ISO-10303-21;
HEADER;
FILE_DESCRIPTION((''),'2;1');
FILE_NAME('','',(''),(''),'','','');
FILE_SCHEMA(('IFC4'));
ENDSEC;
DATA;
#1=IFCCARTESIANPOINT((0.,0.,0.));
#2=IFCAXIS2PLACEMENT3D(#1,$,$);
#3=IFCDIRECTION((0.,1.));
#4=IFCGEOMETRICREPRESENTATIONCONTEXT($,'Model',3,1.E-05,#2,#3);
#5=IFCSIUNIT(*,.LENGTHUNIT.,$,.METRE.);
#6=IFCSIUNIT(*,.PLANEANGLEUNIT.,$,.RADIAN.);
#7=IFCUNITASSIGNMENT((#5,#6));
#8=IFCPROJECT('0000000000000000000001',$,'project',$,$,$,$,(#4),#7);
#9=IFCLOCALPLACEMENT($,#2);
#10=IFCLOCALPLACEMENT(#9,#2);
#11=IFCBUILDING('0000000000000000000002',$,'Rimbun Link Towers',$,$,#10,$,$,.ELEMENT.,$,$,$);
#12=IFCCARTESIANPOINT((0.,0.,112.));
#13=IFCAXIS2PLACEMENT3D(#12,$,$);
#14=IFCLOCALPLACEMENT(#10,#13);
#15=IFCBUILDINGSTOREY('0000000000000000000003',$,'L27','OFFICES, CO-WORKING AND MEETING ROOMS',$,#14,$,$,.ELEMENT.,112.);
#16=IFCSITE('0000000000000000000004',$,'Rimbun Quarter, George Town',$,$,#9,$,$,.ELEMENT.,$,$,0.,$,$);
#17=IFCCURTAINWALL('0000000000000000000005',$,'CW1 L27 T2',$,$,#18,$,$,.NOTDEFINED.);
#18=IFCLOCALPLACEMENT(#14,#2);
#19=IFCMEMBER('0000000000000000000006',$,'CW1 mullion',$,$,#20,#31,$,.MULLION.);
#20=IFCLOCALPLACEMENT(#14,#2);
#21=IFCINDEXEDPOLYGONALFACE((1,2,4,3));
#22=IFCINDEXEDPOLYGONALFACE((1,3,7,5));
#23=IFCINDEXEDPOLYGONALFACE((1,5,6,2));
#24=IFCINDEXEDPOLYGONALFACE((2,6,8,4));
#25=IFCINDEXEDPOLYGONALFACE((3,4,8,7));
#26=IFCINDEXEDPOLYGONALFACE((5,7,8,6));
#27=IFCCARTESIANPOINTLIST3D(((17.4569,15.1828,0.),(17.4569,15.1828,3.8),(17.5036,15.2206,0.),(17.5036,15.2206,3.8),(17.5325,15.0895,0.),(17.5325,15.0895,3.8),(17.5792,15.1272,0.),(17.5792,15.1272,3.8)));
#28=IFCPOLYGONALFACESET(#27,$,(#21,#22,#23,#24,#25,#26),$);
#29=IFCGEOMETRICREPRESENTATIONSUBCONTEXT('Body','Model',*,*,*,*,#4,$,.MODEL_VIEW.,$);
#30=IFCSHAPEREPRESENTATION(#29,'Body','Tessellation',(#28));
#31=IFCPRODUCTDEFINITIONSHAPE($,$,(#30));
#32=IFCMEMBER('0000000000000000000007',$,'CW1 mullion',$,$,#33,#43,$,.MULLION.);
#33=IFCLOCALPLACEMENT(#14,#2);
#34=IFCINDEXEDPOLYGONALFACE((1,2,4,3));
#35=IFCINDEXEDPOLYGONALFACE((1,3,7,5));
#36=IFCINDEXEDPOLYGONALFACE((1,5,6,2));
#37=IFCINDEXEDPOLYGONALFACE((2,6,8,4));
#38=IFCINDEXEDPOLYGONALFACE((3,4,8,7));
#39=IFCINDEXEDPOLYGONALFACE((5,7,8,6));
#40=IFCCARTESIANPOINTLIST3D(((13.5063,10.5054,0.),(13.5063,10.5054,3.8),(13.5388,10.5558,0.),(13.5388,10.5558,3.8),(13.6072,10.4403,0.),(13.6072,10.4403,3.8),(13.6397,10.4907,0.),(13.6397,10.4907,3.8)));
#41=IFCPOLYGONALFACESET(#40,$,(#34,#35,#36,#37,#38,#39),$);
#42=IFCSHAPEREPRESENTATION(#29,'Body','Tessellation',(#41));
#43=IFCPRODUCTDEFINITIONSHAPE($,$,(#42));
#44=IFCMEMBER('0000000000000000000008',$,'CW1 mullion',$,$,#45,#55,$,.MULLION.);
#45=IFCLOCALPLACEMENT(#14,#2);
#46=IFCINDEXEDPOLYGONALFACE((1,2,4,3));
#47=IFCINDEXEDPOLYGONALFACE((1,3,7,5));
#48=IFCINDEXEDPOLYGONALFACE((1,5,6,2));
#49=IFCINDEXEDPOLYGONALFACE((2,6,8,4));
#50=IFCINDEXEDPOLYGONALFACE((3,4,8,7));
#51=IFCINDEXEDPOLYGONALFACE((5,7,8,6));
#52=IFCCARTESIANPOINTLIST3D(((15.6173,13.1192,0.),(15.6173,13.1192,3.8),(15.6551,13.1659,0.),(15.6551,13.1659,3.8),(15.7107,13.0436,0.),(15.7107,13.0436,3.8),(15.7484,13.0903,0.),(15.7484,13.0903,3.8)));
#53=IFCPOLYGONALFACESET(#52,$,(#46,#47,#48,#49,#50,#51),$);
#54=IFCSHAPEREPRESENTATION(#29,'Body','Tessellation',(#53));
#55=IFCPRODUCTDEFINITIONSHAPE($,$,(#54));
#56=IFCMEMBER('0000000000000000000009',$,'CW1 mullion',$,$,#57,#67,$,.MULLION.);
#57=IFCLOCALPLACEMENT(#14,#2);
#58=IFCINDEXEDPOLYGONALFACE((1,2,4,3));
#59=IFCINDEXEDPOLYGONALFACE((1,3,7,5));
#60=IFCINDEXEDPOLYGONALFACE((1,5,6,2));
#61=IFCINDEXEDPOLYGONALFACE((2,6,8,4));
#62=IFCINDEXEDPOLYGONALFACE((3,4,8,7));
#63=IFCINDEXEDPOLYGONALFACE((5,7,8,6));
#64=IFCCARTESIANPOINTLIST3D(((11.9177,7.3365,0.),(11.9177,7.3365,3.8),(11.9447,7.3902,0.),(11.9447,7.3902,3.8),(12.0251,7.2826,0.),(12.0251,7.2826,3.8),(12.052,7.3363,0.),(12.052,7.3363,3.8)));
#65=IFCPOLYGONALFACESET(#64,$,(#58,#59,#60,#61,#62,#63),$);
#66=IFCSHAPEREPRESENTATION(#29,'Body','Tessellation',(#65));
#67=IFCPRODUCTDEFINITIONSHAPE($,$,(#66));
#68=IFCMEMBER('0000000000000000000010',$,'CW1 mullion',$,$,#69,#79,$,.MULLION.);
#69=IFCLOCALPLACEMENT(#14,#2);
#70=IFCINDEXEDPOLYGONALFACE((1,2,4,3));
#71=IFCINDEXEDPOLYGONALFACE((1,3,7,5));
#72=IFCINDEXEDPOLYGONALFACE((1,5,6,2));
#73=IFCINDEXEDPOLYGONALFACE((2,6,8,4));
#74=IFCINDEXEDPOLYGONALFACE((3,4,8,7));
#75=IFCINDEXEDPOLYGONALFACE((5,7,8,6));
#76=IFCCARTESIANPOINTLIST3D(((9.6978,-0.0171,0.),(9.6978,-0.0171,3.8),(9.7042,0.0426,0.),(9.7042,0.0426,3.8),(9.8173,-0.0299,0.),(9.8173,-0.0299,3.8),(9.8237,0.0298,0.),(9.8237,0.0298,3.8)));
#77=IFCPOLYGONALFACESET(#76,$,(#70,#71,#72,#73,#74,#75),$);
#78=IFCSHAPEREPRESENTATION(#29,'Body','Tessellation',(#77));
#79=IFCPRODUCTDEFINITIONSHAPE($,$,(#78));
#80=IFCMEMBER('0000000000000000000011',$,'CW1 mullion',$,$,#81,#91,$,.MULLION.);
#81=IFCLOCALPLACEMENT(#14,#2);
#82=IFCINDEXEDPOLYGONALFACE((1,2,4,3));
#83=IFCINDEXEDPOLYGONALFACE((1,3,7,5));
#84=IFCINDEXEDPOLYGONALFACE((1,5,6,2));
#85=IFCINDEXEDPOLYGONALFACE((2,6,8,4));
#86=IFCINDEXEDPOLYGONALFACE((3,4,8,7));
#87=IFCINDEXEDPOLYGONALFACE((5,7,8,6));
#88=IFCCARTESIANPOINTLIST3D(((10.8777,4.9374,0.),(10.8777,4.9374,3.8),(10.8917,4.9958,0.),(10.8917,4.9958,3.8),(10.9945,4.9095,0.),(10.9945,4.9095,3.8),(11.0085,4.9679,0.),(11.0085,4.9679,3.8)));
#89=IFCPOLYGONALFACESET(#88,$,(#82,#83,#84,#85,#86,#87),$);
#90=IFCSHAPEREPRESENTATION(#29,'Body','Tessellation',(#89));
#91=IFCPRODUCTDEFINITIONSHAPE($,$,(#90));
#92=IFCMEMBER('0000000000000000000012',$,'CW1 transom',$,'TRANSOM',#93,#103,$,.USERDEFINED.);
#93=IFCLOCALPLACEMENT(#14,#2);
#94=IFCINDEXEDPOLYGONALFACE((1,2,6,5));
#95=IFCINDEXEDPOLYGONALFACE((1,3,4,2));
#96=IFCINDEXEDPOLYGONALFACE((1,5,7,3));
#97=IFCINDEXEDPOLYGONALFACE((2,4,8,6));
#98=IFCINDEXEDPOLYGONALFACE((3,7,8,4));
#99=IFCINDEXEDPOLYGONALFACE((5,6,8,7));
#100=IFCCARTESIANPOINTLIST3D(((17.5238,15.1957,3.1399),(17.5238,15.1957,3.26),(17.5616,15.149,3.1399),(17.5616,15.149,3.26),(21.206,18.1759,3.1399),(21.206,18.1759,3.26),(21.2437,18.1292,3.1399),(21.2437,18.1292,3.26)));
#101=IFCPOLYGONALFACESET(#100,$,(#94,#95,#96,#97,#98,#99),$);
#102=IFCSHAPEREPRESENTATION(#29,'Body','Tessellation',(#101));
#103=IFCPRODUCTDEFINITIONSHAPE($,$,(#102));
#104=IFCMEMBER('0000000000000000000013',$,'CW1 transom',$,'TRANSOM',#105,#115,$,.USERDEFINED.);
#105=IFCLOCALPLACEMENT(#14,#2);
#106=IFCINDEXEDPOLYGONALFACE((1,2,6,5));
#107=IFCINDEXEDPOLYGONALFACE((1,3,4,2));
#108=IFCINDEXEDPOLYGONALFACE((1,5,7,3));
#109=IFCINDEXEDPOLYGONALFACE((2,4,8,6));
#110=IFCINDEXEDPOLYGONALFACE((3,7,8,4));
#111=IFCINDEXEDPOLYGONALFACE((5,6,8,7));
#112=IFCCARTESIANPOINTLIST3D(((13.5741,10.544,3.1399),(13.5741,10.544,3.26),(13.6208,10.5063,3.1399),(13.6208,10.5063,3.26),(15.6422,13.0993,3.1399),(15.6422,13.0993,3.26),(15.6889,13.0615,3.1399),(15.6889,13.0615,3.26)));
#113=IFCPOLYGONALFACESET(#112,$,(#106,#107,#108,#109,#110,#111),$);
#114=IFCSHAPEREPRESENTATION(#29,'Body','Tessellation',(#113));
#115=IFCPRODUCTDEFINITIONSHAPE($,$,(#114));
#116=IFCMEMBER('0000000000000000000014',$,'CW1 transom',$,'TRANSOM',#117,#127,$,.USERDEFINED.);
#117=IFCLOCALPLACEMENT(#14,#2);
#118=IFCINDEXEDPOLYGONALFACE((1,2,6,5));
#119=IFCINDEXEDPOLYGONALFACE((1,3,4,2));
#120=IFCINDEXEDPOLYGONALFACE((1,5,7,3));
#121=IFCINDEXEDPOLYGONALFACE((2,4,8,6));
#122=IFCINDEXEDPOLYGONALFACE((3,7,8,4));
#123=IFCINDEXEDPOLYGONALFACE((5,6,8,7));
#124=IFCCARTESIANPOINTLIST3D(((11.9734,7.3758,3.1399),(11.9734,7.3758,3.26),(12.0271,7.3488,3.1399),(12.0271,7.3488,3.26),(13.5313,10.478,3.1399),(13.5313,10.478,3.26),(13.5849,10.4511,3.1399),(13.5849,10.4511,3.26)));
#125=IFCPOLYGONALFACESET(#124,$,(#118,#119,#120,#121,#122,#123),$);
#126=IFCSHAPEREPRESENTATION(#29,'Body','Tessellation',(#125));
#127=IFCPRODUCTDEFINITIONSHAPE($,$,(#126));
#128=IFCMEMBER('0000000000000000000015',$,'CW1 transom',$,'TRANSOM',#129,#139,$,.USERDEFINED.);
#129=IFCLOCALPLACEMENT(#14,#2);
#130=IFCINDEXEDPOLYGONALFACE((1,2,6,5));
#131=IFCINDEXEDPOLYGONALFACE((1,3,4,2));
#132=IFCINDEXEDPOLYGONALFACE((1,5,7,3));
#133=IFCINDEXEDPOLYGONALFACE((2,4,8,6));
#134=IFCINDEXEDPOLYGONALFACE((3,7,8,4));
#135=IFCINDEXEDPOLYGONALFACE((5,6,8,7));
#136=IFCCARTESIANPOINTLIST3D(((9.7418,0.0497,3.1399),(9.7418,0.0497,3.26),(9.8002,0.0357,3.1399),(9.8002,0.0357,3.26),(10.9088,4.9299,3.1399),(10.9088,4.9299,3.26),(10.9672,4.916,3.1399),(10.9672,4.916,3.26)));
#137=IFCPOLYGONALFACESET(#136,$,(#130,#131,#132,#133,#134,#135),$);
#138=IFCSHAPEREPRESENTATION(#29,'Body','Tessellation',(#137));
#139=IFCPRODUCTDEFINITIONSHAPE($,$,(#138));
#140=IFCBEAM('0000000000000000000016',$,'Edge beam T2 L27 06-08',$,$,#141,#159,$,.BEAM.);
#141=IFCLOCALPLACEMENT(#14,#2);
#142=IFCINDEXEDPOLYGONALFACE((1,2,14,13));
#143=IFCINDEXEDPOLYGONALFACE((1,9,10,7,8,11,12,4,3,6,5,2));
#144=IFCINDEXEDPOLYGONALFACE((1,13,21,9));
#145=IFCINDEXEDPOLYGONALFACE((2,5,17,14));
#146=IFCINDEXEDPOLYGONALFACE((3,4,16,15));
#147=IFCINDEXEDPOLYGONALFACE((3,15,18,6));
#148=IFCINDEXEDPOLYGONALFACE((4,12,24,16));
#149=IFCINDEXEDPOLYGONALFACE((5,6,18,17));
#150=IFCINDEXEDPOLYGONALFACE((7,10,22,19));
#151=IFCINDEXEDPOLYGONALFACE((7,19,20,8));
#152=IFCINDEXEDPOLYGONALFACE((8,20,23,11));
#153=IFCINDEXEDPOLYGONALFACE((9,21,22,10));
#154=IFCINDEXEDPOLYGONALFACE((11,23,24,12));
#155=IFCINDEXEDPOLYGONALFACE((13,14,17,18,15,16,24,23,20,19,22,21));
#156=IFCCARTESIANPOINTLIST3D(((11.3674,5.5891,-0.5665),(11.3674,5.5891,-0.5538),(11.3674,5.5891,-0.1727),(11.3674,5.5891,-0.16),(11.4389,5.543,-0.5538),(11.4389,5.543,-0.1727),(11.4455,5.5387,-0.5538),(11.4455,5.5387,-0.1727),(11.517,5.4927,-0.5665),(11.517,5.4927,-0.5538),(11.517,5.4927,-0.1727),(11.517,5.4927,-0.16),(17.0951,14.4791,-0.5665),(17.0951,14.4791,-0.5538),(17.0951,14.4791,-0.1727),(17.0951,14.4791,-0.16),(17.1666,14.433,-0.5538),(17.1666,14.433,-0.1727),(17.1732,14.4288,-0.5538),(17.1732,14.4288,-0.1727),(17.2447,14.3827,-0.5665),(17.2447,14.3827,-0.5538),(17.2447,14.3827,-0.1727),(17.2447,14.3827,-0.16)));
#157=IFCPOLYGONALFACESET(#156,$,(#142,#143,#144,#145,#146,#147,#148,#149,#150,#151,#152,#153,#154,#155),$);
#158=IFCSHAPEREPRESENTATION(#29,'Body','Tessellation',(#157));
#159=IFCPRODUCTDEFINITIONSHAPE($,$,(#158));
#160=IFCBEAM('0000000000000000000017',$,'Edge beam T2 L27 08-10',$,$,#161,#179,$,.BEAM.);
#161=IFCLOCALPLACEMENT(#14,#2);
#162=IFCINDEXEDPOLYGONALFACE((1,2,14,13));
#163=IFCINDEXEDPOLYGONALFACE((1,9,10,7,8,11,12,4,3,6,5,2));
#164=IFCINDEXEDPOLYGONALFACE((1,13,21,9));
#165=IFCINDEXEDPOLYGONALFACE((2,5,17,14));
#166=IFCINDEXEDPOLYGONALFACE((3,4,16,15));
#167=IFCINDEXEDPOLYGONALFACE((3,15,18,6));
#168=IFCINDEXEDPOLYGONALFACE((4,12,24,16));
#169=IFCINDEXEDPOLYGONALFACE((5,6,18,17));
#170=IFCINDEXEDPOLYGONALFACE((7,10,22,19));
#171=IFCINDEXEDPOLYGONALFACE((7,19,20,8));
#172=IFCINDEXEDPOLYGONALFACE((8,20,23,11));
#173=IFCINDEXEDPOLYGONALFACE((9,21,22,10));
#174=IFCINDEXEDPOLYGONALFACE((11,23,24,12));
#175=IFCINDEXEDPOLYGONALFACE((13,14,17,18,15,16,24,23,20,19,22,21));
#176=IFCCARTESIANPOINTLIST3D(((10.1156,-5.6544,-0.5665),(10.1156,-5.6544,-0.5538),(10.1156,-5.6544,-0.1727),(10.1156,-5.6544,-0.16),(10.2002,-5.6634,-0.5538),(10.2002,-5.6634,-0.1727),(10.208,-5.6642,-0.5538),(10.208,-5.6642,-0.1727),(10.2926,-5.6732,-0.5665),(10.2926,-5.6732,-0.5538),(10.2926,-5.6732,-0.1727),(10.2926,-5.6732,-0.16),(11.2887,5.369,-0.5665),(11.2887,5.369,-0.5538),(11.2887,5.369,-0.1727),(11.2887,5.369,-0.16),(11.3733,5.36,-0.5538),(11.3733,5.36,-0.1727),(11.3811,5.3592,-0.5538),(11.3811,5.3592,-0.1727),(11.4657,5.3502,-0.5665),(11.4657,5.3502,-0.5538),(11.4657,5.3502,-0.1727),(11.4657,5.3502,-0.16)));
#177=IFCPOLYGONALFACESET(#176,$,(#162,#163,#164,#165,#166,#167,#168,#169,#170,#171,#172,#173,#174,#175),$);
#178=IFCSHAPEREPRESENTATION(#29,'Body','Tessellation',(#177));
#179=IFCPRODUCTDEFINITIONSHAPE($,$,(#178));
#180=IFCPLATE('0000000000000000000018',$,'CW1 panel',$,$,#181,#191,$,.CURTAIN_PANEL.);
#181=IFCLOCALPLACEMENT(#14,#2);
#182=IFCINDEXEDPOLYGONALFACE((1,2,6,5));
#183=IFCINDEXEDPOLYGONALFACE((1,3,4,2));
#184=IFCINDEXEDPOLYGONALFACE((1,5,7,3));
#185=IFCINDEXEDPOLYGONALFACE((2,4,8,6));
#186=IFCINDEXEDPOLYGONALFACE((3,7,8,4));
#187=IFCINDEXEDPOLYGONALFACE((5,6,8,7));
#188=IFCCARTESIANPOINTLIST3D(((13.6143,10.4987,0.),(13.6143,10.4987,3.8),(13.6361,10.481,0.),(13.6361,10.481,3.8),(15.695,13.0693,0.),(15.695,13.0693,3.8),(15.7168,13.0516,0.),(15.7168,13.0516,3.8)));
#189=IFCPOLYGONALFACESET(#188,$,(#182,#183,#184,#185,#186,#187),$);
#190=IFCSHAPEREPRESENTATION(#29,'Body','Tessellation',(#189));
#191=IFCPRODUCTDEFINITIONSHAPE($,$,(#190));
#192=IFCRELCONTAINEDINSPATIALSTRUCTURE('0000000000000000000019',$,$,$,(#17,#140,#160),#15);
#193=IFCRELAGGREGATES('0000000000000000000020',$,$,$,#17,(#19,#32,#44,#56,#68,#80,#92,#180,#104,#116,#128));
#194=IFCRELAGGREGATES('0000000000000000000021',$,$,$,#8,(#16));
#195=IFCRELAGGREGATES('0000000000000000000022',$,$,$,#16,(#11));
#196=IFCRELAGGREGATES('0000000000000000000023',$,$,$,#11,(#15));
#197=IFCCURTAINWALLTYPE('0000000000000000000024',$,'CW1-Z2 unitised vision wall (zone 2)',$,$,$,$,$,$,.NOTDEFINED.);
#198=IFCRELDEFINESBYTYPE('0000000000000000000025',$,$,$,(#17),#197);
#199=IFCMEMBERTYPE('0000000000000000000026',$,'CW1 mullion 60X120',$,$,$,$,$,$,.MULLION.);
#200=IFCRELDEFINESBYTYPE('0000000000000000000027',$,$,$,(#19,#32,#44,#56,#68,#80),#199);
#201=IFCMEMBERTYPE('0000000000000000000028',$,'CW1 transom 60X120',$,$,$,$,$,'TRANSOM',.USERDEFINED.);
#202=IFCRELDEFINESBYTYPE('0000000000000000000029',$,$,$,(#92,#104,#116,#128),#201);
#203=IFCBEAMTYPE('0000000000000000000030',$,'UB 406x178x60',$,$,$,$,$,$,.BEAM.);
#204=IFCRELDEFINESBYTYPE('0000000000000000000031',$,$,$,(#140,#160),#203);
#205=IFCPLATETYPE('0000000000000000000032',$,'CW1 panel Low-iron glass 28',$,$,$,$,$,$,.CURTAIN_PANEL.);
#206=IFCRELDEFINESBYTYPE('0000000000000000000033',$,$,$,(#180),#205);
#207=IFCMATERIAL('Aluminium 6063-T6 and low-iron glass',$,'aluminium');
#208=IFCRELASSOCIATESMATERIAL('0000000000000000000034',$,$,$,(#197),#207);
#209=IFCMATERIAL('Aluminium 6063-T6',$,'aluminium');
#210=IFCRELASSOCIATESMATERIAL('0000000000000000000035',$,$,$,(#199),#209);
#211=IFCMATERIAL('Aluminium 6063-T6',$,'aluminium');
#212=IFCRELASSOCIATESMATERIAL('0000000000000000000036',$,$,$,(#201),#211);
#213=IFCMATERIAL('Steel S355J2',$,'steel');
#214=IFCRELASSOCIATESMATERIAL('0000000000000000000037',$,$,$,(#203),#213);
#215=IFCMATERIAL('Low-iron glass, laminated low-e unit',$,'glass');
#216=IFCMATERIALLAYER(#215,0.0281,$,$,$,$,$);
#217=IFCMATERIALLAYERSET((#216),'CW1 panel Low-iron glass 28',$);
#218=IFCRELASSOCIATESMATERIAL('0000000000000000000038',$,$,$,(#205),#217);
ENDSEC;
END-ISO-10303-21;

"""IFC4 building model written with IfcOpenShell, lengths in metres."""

from ifc_helpers import new_model, si_unit, direction, frame, origin, origin_2d, place, context, subcontext, project, spatial, rectangle, i_section, extrude, material, layer, layer_set, material_profile, profile_set, type_object, element, aggregate, save


model = new_model("IFC4")

# Units and contexts
model_context = context("Model", 3, precision=1e-05, world=origin(), true_north=direction((0.0, 1.0)))
body_context = subcontext(model_context, "Body", "Model", "MODEL_VIEW")
ifc_project = project(units=[si_unit("LENGTHUNIT", "METRE"), si_unit("PLANEANGLEUNIT", "RADIAN")], contexts=[model_context])

# Site, building, storey
site_placement = place(None, origin())
site = spatial("IfcSite", under=ifc_project, at=site_placement, Name="Rimbun Quarter, George Town", CompositionType="ELEMENT", RefElevation=0.0)
building_placement = place(site_placement, origin())
building = spatial("IfcBuilding", under=site, at=building_placement, Name="Rimbun Link Towers", CompositionType="ELEMENT")
storey_placement = place(building_placement, frame((0.0, 0.0, 112.0)))
storey = spatial("IfcBuildingStorey", under=building, at=storey_placement, Name="L27", Description="OFFICES, CO-WORKING AND MEETING ROOMS", CompositionType="ELEMENT", Elevation=112.0)

# Curtain wall, members
ifc_material_1 = material(Name="Aluminium 6063-T6 and low-iron glass", Category="aluminium")
curtain_wall_type = type_object("IfcCurtainWallType", Name="CW1-Z2 unitised vision wall (zone 2)", PredefinedType="NOTDEFINED", material=ifc_material_1)
curtain_wall_placement = place(storey_placement, origin())
curtain_wall = element("IfcCurtainWall", 1, at=curtain_wall_placement, inside=storey, type_object=curtain_wall_type, Name="CW1 L27 T2", PredefinedType="NOTDEFINED")
ifc_material_2 = material(Name="Aluminium 6063-T6", Category="aluminium")
ifc_material_profile_1 = material_profile(ifc_material_2, rectangle(XDim=0.1201, YDim=0.0601, at=origin_2d()), Name="MULLION 60X120")
ifc_profile_set_1 = profile_set([ifc_material_profile_1], Name="Aluminium 6063-T6")
member_type_1 = type_object("IfcMemberType", Name="CW1 mullion 60X120", PredefinedType="MULLION", material=ifc_profile_set_1)
member_1_placement = place(storey_placement, frame((17.5181, 15.155, 0.0), z_axis=(0.0, 0.0, 1.0), x_axis=(-0.629151, 0.777283, 0.0)))
member_1 = element("IfcMember", 2, at=member_1_placement, type_object=member_type_1, Name="CW1 mullion", PredefinedType="MULLION", context=body_context, shape_type="SweptSolid", body=[
    extrude(rectangle(XDim=0.1201, YDim=0.0601, at=origin_2d()), origin(), (0.0, 0.0, 1.0), 3.8),
])
member_2_placement = place(storey_placement, frame((13.573, 10.498, 0.0), z_axis=(0.0, 0.0, 1.0), x_axis=(-0.840313, 0.542101, 0.0)))
member_2 = element("IfcMember", 3, at=member_2_placement, type_object=member_type_1, Name="CW1 mullion", PredefinedType="MULLION", context=body_context, shape_type="SweptSolid", body=[
    extrude(rectangle(XDim=0.1201, YDim=0.0601, at=origin_2d()), origin(), (0.0, 0.0, 1.0), 3.8),
])
member_3_placement = place(storey_placement, frame((15.6829, 13.1047, 0.0), z_axis=(0.0, 0.0, 1.0), x_axis=(-0.777283, 0.629151, 0.0)))
member_3 = element("IfcMember", 4, at=member_3_placement, type_object=member_type_1, Name="CW1 mullion", PredefinedType="MULLION", context=body_context, shape_type="SweptSolid", body=[
    extrude(rectangle(XDim=0.1201, YDim=0.0601, at=origin_2d()), origin(), (0.0, 0.0, 1.0), 3.8),
])
member_4_placement = place(storey_placement, frame((11.9849, 7.3364, 0.0), z_axis=(0.0, 0.0, 1.0), x_axis=(-0.893638, 0.448789, 0.0)))
member_4 = element("IfcMember", 5, at=member_4_placement, type_object=member_type_1, Name="CW1 mullion", PredefinedType="MULLION", context=body_context, shape_type="SweptSolid", body=[
    extrude(rectangle(XDim=0.1201, YDim=0.0601, at=origin_2d()), origin(), (0.0, 0.0, 1.0), 3.8),
])
member_5_placement = place(storey_placement, frame((9.7607, 0.0063, 0.0), z_axis=(0.0, 0.0, 1.0), x_axis=(-0.994299, 0.106632, 0.0)))
member_5 = element("IfcMember", 6, at=member_5_placement, type_object=member_type_1, Name="CW1 mullion", PredefinedType="MULLION", context=body_context, shape_type="SweptSolid", body=[
    extrude(rectangle(XDim=0.1201, YDim=0.0601, at=origin_2d()), origin(), (0.0, 0.0, 1.0), 3.8),
])
member_6_placement = place(storey_placement, frame((10.9431, 4.9526, 0.0), z_axis=(0.0, 0.0, 1.0), x_axis=(-0.972576, 0.232586, 0.0)))
member_6 = element("IfcMember", 7, at=member_6_placement, type_object=member_type_1, Name="CW1 mullion", PredefinedType="MULLION", context=body_context, shape_type="SweptSolid", body=[
    extrude(rectangle(XDim=0.1201, YDim=0.0601, at=origin_2d()), origin(), (0.0, 0.0, 1.0), 3.8),
])
ifc_material_3 = material(Name="Aluminium 6063-T6", Category="aluminium")
ifc_material_profile_2 = material_profile(ifc_material_3, rectangle(XDim=0.0601, YDim=0.1201, at=origin_2d()), Name="TRANSOM 60X120")
ifc_profile_set_2 = profile_set([ifc_material_profile_2], Name="Aluminium 6063-T6")
member_type_2 = type_object("IfcMemberType", Name="CW1 transom 60X120", ElementType="TRANSOM", PredefinedType="USERDEFINED", material=ifc_profile_set_2)
member_7_placement = place(storey_placement, frame((17.5427, 15.1724, 3.2), z_axis=(0.777301, 0.629129, 0.0), x_axis=(-0.629129, 0.777301, 0.0)))
member_7 = element("IfcMember", 8, at=member_7_placement, type_object=member_type_2, Name="CW1 transom", ObjectType="TRANSOM", PredefinedType="USERDEFINED", context=body_context, shape_type="SweptSolid", body=[
    extrude(rectangle(XDim=0.0601, YDim=0.1201, at=origin_2d()), origin(), (0.0, 0.0, 1.0), 4.7371),
])
member_8_placement = place(storey_placement, frame((13.5974, 10.5251, 3.2), z_axis=(0.629132, 0.777298, 0.0), x_axis=(-0.777298, 0.629132, 0.0)))
member_8 = element("IfcMember", 9, at=member_8_placement, type_object=member_type_2, Name="CW1 transom", ObjectType="TRANSOM", PredefinedType="USERDEFINED", context=body_context, shape_type="SweptSolid", body=[
    extrude(rectangle(XDim=0.0601, YDim=0.1201, at=origin_2d()), origin(), (0.0, 0.0, 1.0), 3.2874),
])
member_9_placement = place(storey_placement, frame((12.0002, 7.3623, 3.2), z_axis=(0.44876, 0.893652, 0.0), x_axis=(-0.893652, 0.44876, 0.0)))
member_9 = element("IfcMember", 10, at=member_9_placement, type_object=member_type_2, Name="CW1 transom", ObjectType="TRANSOM", PredefinedType="USERDEFINED", context=body_context, shape_type="SweptSolid", body=[
    extrude(rectangle(XDim=0.0601, YDim=0.1201, at=origin_2d()), origin(), (0.0, 0.0, 1.0), 3.4714),
])
member_10_placement = place(storey_placement, frame((9.771, 0.0427, 3.2), z_axis=(0.232574, 0.972579, 0.0), x_axis=(-0.972579, 0.232574, 0.0)))
member_10 = element("IfcMember", 11, at=member_10_placement, type_object=member_type_2, Name="CW1 transom", ObjectType="TRANSOM", PredefinedType="USERDEFINED", context=body_context, shape_type="SweptSolid", body=[
    extrude(rectangle(XDim=0.0601, YDim=0.1201, at=origin_2d()), origin(), (0.0, 0.0, 1.0), 5.0178),
])

# Beams
ifc_material_4 = material(Name="Steel S355J2", Category="steel")
ifc_material_profile_3 = material_profile(ifc_material_4, i_section(OverallWidth=0.178, OverallDepth=0.4065, WebThickness=0.0078, FlangeThickness=0.0127, at=origin_2d()), Name="UB 406x178x60")
ifc_profile_set_3 = profile_set([ifc_material_profile_3], Name="Steel S355J2")
beam_type = type_object("IfcBeamType", Name="UB 406x178x60", PredefinedType="BEAM", material=ifc_profile_set_3)
beam_1_placement = place(storey_placement, frame((17.1699, 14.4309, -0.3633), z_axis=(-0.541607, -0.840632, 0.0), x_axis=(0.840632, -0.541607, 0.0)))
element("IfcBeam", 12, at=beam_1_placement, inside=storey, type_object=beam_type, Name="Edge beam T2 L27 06-08", PredefinedType="BEAM", context=body_context, shape_type="SweptSolid", body=[
    extrude(i_section(OverallWidth=0.178, OverallDepth=0.4065, WebThickness=0.0078, FlangeThickness=0.0127, at=origin_2d()), origin(), (0.0, 0.0, 1.0), 10.5754),
])
beam_2_placement = place(storey_placement, frame((11.3772, 5.3596, -0.3633), z_axis=(-0.105821, -0.994385, 0.0), x_axis=(0.994385, -0.105821, 0.0)))
element("IfcBeam", 13, at=beam_2_placement, inside=storey, type_object=beam_type, Name="Edge beam T2 L27 08-10", PredefinedType="BEAM", context=body_context, shape_type="SweptSolid", body=[
    extrude(i_section(OverallWidth=0.178, OverallDepth=0.4065, WebThickness=0.0078, FlangeThickness=0.0127, at=origin_2d()), origin(), (0.0, 0.0, 1.0), 11.0857),
])

# Plate
ifc_material_5 = material(Name="Low-iron glass, laminated low-e unit", Category="glass")
ifc_layer_1 = layer(ifc_material_5, 0.0281)
ifc_layer_set_1 = layer_set([ifc_layer_1], Name="CW1 panel Low-iron glass 28")
plate_type = type_object("IfcPlateType", Name="CW1 panel Low-iron glass 28", PredefinedType="CURTAIN_PANEL", material=ifc_layer_set_1)
plate_1_placement = place(storey_placement, frame((14.6655, 11.7751, 0.0), z_axis=(0.0, 0.0, 1.0), x_axis=(0.629151, 0.777283, 0.0)))
plate_1 = element("IfcPlate", 14, at=plate_1_placement, type_object=plate_type, Name="CW1 panel", PredefinedType="CURTAIN_PANEL", context=body_context, shape_type="SweptSolid", body=[
    extrude(rectangle(XDim=3.3071, YDim=0.0281, at=origin_2d()), origin(), (0.0, 0.0, 1.0), 3.8),
])
aggregate(curtain_wall, [member_1, member_2, member_3, member_4, member_5, member_6, member_7, plate_1, member_8, member_9, member_10])

save(model, "model.ifc")
